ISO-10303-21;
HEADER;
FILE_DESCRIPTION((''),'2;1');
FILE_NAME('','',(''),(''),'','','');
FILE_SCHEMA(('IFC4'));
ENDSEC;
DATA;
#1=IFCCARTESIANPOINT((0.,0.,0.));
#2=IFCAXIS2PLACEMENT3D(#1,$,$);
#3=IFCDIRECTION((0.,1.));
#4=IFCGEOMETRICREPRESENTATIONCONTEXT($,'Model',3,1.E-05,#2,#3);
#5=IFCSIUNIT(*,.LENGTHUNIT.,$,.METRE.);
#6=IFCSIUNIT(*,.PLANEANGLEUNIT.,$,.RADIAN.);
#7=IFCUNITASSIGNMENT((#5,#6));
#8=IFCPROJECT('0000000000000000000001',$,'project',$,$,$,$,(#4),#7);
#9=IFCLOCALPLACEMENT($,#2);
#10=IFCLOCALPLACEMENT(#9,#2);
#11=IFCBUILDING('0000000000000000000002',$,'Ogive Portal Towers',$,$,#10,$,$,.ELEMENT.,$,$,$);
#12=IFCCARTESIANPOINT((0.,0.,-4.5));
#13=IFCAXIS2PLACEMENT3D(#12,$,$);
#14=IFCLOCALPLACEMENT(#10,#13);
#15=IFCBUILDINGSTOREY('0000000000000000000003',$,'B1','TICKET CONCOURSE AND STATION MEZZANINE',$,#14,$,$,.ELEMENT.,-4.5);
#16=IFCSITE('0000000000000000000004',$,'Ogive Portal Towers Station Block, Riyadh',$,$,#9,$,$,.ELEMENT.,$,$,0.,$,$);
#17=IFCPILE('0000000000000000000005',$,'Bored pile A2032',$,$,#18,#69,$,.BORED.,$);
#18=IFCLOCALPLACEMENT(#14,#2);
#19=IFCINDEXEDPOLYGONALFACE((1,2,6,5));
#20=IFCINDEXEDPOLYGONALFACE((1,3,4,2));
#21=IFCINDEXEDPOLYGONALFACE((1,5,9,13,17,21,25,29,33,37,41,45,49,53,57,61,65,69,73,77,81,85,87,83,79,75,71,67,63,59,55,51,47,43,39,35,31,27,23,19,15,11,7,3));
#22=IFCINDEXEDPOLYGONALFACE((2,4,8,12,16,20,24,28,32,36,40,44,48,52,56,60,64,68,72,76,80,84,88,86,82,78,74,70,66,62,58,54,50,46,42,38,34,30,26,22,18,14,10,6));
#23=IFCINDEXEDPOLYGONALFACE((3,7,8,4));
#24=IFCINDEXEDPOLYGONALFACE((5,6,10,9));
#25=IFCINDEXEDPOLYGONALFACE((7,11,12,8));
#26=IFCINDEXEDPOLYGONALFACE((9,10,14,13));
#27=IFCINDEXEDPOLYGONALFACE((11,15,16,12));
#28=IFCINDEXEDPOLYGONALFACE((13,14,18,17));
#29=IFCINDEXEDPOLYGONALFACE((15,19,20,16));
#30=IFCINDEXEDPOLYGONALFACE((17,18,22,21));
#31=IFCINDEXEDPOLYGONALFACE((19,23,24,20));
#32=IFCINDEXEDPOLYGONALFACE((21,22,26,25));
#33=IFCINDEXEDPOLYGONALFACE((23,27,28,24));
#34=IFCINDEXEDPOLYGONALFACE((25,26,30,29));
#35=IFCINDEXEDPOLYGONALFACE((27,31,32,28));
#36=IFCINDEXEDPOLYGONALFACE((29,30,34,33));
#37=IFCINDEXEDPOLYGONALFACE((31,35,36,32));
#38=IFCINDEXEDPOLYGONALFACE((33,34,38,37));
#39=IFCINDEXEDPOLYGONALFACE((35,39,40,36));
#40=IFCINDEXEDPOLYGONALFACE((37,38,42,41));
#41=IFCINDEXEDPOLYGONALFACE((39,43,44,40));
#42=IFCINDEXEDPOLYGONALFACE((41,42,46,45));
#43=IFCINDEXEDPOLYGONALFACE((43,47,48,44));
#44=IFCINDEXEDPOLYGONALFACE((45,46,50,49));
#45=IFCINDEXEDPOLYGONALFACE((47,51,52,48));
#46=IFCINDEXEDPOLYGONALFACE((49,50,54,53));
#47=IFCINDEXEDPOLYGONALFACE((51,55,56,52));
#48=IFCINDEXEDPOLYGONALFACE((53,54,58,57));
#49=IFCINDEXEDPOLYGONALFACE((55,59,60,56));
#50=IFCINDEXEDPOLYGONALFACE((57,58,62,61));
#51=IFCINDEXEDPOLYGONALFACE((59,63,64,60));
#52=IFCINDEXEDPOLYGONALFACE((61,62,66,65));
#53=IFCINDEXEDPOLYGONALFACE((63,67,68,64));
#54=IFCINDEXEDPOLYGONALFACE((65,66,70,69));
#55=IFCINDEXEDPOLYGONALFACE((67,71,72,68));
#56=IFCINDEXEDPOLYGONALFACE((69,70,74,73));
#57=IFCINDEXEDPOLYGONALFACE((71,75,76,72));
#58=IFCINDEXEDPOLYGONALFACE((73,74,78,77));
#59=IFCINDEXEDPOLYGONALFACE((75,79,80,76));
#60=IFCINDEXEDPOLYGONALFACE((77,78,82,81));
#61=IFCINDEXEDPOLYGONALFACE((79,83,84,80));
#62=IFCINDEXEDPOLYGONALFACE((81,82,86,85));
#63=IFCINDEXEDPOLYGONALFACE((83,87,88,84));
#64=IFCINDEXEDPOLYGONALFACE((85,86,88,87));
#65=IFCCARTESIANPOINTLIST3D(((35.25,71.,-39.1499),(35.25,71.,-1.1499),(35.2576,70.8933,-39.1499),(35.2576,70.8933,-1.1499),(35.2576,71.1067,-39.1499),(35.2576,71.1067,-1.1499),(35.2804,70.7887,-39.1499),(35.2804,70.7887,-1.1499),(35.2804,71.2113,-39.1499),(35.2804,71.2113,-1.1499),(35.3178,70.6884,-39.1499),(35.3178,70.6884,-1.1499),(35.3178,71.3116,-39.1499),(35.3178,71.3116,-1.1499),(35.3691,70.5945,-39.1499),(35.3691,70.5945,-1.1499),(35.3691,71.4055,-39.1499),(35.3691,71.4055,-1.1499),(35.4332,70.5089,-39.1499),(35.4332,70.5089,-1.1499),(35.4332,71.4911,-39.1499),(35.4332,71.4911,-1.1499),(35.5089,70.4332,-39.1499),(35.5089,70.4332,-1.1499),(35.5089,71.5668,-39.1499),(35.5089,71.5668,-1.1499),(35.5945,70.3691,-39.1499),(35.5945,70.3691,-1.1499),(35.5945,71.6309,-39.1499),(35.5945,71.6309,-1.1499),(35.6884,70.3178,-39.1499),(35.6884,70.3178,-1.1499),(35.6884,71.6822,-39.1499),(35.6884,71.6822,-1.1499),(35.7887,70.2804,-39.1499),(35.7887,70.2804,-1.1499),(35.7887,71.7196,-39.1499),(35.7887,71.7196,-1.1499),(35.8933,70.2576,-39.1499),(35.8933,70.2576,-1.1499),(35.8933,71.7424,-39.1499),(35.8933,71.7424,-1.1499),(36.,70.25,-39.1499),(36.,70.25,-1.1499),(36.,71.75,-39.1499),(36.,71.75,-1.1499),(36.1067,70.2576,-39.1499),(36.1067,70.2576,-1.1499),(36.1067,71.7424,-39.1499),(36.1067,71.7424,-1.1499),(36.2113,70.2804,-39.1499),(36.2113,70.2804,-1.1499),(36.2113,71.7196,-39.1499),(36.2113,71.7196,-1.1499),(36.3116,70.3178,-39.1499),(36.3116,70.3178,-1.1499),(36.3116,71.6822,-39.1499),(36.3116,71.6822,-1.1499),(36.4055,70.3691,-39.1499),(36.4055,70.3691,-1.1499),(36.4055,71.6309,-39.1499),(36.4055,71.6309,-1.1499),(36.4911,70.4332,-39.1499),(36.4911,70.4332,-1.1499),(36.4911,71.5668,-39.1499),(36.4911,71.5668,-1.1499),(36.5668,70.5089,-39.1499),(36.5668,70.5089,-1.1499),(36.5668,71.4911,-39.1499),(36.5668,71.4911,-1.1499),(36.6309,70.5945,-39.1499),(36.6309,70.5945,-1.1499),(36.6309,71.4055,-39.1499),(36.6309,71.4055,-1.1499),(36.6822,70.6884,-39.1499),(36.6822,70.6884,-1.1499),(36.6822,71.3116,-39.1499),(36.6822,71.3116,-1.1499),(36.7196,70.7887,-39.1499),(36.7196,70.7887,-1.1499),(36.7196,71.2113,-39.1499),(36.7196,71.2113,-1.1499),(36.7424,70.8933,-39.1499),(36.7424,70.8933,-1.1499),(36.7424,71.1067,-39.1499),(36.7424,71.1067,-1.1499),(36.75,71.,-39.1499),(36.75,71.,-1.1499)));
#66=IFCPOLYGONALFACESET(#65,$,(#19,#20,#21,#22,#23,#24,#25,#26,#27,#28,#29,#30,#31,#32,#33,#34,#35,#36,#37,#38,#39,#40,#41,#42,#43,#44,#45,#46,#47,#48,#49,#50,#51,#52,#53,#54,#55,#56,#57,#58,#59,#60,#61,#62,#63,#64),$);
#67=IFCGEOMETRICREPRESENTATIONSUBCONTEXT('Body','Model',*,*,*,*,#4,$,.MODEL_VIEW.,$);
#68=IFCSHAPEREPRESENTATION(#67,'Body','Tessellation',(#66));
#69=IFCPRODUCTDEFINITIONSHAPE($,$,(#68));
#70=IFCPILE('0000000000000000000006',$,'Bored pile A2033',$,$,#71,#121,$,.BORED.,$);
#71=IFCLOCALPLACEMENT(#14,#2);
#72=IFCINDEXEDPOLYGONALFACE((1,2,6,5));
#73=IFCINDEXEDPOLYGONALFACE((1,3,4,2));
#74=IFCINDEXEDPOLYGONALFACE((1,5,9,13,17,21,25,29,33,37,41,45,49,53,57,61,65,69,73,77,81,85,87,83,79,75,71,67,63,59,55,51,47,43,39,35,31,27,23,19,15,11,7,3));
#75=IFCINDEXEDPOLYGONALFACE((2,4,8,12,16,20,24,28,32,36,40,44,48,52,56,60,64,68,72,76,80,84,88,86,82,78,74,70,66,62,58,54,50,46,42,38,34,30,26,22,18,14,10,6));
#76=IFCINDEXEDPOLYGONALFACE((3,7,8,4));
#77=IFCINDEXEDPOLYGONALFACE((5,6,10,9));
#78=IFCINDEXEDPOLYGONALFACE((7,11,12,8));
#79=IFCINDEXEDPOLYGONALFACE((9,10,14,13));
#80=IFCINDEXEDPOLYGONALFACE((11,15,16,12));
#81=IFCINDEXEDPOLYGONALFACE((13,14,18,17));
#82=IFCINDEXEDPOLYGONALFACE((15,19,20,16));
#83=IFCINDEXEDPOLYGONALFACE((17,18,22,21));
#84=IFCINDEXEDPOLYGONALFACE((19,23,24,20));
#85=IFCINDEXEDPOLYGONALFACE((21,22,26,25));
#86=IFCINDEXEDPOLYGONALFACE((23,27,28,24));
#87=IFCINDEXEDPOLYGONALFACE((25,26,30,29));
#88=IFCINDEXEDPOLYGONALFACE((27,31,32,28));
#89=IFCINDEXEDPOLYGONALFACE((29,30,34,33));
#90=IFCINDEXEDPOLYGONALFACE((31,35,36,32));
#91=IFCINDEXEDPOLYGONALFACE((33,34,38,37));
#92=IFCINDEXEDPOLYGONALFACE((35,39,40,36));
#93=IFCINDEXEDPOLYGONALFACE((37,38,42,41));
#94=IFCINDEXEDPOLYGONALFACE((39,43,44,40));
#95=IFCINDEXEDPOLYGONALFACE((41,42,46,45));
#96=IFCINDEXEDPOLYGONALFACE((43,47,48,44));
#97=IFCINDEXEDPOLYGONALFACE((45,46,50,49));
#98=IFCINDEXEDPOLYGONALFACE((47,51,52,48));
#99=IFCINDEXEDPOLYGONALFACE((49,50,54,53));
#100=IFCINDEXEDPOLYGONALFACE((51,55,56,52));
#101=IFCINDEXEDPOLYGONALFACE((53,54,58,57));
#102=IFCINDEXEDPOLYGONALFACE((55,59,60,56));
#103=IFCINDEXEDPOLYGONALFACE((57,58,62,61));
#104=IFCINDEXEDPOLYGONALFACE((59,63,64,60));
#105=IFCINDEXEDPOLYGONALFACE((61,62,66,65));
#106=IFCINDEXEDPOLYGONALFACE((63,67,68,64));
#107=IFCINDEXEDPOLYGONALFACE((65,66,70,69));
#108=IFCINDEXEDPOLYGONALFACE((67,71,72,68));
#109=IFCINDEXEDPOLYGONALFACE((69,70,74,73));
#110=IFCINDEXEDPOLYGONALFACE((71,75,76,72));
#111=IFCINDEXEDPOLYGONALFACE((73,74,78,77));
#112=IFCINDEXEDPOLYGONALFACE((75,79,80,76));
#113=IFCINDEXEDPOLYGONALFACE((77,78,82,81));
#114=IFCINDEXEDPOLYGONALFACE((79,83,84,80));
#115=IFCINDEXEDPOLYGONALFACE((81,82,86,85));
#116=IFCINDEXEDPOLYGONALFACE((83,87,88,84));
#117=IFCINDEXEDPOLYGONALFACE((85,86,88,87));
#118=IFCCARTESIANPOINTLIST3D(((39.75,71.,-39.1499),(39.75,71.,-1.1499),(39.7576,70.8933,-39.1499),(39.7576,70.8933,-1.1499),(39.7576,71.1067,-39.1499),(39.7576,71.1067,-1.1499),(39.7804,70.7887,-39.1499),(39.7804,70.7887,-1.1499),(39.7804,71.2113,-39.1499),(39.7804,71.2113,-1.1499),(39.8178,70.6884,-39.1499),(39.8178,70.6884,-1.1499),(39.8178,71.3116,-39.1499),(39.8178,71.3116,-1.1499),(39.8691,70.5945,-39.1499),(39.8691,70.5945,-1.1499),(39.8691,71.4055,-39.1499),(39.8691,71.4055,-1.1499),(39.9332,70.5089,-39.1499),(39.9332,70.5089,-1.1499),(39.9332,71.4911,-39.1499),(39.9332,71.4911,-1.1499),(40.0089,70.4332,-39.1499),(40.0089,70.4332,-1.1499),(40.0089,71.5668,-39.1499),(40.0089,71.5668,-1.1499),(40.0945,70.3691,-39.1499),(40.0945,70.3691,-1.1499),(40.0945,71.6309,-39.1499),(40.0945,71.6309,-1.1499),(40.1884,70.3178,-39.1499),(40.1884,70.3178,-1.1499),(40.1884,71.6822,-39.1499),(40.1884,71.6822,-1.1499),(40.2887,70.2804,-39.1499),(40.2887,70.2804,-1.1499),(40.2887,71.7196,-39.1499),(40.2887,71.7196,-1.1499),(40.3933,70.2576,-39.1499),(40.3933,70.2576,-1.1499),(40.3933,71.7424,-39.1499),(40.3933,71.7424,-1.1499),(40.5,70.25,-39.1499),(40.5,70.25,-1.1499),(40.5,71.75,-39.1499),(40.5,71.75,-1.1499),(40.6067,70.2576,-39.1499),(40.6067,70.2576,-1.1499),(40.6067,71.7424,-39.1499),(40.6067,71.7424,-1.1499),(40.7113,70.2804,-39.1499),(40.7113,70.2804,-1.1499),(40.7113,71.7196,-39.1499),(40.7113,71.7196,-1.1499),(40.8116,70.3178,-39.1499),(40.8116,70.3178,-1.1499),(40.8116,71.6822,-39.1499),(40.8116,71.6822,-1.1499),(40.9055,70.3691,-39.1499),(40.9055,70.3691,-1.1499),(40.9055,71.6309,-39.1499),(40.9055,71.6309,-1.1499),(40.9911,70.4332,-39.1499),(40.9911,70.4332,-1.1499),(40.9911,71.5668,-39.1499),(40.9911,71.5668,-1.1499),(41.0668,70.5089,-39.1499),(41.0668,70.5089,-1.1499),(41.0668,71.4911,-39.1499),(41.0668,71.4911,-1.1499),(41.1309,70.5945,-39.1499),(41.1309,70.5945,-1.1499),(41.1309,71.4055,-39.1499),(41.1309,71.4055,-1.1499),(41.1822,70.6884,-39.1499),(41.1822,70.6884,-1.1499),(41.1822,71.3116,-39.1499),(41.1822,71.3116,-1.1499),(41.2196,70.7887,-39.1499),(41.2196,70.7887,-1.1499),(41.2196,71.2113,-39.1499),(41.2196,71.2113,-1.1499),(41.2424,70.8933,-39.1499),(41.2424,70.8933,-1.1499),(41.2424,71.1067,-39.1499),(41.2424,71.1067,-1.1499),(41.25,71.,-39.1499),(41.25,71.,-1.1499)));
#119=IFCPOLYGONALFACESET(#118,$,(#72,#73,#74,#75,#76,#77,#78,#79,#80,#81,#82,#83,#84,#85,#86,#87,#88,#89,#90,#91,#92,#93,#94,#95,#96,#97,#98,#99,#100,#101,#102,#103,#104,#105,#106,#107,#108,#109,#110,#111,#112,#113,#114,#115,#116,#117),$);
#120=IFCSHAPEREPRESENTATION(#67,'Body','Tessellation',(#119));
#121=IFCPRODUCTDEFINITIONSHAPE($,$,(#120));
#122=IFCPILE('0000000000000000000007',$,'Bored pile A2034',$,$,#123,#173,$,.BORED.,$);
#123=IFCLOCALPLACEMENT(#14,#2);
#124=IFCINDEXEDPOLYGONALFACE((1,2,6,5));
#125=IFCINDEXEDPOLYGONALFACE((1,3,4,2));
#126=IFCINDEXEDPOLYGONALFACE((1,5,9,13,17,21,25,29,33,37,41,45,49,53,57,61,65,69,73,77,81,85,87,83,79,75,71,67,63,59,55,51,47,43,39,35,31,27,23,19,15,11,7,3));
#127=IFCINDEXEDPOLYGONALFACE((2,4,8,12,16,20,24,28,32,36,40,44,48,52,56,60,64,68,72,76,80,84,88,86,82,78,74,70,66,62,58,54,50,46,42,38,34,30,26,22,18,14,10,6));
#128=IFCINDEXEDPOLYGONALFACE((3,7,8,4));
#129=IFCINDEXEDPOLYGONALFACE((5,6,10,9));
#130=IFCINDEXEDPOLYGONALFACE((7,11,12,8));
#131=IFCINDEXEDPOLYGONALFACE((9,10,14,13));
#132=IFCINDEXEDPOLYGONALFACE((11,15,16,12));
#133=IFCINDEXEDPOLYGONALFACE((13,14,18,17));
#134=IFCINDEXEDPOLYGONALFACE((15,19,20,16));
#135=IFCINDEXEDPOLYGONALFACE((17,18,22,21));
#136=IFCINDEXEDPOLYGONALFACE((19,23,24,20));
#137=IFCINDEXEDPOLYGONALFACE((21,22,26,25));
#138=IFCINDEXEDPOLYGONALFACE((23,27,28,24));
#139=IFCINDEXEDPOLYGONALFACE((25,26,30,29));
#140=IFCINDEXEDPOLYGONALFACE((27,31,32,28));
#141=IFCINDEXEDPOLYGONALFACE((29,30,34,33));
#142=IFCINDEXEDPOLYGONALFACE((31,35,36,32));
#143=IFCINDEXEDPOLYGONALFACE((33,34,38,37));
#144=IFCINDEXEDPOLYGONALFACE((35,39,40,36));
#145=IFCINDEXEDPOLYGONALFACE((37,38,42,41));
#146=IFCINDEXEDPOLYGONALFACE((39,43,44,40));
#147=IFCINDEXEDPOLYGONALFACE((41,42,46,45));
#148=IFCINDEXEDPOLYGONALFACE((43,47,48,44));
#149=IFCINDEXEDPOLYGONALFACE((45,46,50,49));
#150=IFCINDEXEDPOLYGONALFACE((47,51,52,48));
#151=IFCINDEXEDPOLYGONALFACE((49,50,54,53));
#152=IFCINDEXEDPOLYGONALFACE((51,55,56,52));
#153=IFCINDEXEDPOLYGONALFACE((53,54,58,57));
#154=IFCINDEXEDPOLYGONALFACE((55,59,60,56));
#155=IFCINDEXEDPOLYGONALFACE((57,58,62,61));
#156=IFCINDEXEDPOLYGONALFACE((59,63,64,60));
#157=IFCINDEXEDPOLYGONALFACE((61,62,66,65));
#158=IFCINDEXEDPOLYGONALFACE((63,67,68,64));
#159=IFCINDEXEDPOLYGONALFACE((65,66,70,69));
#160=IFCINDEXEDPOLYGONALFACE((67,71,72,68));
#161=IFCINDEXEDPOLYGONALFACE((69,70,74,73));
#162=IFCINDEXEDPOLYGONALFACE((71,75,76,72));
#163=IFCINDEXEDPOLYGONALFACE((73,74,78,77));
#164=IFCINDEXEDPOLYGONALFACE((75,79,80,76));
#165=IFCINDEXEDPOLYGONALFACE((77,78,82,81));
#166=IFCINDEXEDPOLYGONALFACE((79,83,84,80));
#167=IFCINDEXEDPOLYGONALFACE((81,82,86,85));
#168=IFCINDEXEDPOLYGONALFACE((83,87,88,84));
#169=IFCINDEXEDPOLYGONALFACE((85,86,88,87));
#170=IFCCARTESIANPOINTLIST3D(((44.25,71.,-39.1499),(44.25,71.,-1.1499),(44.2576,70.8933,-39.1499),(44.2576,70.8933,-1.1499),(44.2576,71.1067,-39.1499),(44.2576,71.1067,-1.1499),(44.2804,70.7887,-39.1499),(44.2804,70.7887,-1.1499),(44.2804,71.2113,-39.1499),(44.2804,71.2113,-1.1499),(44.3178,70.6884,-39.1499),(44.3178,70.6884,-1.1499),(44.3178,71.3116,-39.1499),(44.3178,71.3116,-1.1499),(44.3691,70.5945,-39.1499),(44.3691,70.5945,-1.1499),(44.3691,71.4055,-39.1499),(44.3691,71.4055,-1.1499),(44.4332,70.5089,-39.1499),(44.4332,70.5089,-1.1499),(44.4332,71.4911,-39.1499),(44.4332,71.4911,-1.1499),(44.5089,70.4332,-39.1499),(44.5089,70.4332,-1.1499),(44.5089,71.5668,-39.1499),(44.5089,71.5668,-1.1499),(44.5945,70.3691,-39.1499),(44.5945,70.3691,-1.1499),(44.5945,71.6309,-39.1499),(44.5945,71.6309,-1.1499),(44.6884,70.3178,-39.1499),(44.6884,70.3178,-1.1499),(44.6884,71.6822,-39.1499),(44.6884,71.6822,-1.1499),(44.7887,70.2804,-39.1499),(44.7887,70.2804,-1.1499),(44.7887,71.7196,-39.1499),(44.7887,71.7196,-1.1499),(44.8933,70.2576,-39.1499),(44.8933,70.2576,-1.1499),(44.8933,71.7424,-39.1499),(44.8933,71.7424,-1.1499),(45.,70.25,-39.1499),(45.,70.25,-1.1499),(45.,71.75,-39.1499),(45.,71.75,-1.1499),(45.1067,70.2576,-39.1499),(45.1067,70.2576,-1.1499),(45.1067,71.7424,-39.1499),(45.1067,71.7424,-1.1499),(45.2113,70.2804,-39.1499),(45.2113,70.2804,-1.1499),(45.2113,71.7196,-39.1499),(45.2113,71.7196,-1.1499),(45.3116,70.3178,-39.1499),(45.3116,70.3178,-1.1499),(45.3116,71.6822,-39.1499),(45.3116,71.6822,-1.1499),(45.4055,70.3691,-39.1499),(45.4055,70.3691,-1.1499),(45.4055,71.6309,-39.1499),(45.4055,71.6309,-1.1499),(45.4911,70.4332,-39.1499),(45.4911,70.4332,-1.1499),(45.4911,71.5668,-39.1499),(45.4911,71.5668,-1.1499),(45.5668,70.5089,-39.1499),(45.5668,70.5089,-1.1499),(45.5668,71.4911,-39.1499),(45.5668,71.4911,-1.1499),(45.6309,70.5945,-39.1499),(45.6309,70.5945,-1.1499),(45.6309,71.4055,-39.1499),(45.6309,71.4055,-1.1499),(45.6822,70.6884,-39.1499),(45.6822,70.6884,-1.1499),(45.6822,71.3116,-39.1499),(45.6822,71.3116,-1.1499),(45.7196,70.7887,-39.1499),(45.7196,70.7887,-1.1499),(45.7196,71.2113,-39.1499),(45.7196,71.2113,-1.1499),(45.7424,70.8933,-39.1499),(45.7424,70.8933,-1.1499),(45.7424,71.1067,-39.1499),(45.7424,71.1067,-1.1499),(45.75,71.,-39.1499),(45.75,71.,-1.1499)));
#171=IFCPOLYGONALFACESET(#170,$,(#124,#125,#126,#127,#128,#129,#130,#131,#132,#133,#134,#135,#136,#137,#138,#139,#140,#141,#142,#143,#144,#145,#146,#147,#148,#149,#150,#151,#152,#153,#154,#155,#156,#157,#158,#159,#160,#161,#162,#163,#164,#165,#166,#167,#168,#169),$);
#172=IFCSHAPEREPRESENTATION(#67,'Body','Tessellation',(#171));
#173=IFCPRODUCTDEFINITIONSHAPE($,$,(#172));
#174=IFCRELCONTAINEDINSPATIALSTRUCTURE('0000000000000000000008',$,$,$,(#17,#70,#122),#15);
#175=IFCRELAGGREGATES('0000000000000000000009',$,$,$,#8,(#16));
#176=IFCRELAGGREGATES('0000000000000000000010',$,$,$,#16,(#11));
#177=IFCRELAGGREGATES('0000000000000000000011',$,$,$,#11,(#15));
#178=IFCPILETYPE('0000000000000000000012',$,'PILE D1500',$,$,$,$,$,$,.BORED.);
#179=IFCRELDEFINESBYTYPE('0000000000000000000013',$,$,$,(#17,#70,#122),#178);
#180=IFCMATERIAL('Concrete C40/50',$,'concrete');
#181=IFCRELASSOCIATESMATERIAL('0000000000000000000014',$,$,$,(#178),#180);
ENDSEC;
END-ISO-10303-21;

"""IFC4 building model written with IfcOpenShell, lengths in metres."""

from ifc_helpers import new_model, si_unit, direction, frame, origin, origin_2d, place, context, subcontext, project, spatial, circle, extrude, material, material_profile, profile_set, type_object, element, save


model = new_model("IFC4")

# Units and contexts
model_context = context("Model", 3, precision=1e-05, world=origin(), true_north=direction((0.0, 1.0)))
body_context = subcontext(model_context, "Body", "Model", "MODEL_VIEW")
ifc_project = project(units=[si_unit("LENGTHUNIT", "METRE"), si_unit("PLANEANGLEUNIT", "RADIAN")], contexts=[model_context])

# Site, building, storey
site_placement = place(None, origin())
site = spatial("IfcSite", under=ifc_project, at=site_placement, Name="Ogive Portal Towers Station Block, Riyadh", CompositionType="ELEMENT", RefElevation=0.0)
building_placement = place(site_placement, origin())
building = spatial("IfcBuilding", under=site, at=building_placement, Name="Ogive Portal Towers", CompositionType="ELEMENT")
storey_placement = place(building_placement, frame((0.0, 0.0, -4.5)))
storey = spatial("IfcBuildingStorey", under=building, at=storey_placement, Name="B1", Description="TICKET CONCOURSE AND STATION MEZZANINE", CompositionType="ELEMENT", Elevation=-4.5)

# Piles
ifc_material_1 = material(Name="Concrete C40/50", Category="concrete")
ifc_material_profile_1 = material_profile(ifc_material_1, circle(Radius=0.75, at=origin_2d()), Name="PILE D1500")
ifc_profile_set_1 = profile_set([ifc_material_profile_1], Name="Concrete C40/50")
pile_type = type_object("IfcPileType", Name="PILE D1500", PredefinedType="BORED", material=ifc_profile_set_1)
for number, where, z_axis, x_axis, name in (
    (1, (36.0, 71.0, -1.1499), (0.0, 0.0, -1.0), (1.0, 0.0, 0.0), "Bored pile A2032"),
    (2, (40.5, 71.0, -1.1499), (0.0, 0.0, -1.0), (1.0, 0.0, 0.0), "Bored pile A2033"),
    (3, (45.0, 71.0, -1.1499), (0.0, 0.0, -1.0), (1.0, 0.0, 0.0), "Bored pile A2034"),
):
    element("IfcPile", number, at=place(storey_placement, frame(where, z_axis=z_axis, x_axis=x_axis)), inside=storey, type_object=pile_type, Name=name, PredefinedType="BORED", context=body_context, shape_type="SweptSolid", body=[
        extrude(circle(Radius=0.75, at=origin_2d()), origin(), (0.0, 0.0, 1.0), 38.0),
    ])

save(model, "model.ifc")
